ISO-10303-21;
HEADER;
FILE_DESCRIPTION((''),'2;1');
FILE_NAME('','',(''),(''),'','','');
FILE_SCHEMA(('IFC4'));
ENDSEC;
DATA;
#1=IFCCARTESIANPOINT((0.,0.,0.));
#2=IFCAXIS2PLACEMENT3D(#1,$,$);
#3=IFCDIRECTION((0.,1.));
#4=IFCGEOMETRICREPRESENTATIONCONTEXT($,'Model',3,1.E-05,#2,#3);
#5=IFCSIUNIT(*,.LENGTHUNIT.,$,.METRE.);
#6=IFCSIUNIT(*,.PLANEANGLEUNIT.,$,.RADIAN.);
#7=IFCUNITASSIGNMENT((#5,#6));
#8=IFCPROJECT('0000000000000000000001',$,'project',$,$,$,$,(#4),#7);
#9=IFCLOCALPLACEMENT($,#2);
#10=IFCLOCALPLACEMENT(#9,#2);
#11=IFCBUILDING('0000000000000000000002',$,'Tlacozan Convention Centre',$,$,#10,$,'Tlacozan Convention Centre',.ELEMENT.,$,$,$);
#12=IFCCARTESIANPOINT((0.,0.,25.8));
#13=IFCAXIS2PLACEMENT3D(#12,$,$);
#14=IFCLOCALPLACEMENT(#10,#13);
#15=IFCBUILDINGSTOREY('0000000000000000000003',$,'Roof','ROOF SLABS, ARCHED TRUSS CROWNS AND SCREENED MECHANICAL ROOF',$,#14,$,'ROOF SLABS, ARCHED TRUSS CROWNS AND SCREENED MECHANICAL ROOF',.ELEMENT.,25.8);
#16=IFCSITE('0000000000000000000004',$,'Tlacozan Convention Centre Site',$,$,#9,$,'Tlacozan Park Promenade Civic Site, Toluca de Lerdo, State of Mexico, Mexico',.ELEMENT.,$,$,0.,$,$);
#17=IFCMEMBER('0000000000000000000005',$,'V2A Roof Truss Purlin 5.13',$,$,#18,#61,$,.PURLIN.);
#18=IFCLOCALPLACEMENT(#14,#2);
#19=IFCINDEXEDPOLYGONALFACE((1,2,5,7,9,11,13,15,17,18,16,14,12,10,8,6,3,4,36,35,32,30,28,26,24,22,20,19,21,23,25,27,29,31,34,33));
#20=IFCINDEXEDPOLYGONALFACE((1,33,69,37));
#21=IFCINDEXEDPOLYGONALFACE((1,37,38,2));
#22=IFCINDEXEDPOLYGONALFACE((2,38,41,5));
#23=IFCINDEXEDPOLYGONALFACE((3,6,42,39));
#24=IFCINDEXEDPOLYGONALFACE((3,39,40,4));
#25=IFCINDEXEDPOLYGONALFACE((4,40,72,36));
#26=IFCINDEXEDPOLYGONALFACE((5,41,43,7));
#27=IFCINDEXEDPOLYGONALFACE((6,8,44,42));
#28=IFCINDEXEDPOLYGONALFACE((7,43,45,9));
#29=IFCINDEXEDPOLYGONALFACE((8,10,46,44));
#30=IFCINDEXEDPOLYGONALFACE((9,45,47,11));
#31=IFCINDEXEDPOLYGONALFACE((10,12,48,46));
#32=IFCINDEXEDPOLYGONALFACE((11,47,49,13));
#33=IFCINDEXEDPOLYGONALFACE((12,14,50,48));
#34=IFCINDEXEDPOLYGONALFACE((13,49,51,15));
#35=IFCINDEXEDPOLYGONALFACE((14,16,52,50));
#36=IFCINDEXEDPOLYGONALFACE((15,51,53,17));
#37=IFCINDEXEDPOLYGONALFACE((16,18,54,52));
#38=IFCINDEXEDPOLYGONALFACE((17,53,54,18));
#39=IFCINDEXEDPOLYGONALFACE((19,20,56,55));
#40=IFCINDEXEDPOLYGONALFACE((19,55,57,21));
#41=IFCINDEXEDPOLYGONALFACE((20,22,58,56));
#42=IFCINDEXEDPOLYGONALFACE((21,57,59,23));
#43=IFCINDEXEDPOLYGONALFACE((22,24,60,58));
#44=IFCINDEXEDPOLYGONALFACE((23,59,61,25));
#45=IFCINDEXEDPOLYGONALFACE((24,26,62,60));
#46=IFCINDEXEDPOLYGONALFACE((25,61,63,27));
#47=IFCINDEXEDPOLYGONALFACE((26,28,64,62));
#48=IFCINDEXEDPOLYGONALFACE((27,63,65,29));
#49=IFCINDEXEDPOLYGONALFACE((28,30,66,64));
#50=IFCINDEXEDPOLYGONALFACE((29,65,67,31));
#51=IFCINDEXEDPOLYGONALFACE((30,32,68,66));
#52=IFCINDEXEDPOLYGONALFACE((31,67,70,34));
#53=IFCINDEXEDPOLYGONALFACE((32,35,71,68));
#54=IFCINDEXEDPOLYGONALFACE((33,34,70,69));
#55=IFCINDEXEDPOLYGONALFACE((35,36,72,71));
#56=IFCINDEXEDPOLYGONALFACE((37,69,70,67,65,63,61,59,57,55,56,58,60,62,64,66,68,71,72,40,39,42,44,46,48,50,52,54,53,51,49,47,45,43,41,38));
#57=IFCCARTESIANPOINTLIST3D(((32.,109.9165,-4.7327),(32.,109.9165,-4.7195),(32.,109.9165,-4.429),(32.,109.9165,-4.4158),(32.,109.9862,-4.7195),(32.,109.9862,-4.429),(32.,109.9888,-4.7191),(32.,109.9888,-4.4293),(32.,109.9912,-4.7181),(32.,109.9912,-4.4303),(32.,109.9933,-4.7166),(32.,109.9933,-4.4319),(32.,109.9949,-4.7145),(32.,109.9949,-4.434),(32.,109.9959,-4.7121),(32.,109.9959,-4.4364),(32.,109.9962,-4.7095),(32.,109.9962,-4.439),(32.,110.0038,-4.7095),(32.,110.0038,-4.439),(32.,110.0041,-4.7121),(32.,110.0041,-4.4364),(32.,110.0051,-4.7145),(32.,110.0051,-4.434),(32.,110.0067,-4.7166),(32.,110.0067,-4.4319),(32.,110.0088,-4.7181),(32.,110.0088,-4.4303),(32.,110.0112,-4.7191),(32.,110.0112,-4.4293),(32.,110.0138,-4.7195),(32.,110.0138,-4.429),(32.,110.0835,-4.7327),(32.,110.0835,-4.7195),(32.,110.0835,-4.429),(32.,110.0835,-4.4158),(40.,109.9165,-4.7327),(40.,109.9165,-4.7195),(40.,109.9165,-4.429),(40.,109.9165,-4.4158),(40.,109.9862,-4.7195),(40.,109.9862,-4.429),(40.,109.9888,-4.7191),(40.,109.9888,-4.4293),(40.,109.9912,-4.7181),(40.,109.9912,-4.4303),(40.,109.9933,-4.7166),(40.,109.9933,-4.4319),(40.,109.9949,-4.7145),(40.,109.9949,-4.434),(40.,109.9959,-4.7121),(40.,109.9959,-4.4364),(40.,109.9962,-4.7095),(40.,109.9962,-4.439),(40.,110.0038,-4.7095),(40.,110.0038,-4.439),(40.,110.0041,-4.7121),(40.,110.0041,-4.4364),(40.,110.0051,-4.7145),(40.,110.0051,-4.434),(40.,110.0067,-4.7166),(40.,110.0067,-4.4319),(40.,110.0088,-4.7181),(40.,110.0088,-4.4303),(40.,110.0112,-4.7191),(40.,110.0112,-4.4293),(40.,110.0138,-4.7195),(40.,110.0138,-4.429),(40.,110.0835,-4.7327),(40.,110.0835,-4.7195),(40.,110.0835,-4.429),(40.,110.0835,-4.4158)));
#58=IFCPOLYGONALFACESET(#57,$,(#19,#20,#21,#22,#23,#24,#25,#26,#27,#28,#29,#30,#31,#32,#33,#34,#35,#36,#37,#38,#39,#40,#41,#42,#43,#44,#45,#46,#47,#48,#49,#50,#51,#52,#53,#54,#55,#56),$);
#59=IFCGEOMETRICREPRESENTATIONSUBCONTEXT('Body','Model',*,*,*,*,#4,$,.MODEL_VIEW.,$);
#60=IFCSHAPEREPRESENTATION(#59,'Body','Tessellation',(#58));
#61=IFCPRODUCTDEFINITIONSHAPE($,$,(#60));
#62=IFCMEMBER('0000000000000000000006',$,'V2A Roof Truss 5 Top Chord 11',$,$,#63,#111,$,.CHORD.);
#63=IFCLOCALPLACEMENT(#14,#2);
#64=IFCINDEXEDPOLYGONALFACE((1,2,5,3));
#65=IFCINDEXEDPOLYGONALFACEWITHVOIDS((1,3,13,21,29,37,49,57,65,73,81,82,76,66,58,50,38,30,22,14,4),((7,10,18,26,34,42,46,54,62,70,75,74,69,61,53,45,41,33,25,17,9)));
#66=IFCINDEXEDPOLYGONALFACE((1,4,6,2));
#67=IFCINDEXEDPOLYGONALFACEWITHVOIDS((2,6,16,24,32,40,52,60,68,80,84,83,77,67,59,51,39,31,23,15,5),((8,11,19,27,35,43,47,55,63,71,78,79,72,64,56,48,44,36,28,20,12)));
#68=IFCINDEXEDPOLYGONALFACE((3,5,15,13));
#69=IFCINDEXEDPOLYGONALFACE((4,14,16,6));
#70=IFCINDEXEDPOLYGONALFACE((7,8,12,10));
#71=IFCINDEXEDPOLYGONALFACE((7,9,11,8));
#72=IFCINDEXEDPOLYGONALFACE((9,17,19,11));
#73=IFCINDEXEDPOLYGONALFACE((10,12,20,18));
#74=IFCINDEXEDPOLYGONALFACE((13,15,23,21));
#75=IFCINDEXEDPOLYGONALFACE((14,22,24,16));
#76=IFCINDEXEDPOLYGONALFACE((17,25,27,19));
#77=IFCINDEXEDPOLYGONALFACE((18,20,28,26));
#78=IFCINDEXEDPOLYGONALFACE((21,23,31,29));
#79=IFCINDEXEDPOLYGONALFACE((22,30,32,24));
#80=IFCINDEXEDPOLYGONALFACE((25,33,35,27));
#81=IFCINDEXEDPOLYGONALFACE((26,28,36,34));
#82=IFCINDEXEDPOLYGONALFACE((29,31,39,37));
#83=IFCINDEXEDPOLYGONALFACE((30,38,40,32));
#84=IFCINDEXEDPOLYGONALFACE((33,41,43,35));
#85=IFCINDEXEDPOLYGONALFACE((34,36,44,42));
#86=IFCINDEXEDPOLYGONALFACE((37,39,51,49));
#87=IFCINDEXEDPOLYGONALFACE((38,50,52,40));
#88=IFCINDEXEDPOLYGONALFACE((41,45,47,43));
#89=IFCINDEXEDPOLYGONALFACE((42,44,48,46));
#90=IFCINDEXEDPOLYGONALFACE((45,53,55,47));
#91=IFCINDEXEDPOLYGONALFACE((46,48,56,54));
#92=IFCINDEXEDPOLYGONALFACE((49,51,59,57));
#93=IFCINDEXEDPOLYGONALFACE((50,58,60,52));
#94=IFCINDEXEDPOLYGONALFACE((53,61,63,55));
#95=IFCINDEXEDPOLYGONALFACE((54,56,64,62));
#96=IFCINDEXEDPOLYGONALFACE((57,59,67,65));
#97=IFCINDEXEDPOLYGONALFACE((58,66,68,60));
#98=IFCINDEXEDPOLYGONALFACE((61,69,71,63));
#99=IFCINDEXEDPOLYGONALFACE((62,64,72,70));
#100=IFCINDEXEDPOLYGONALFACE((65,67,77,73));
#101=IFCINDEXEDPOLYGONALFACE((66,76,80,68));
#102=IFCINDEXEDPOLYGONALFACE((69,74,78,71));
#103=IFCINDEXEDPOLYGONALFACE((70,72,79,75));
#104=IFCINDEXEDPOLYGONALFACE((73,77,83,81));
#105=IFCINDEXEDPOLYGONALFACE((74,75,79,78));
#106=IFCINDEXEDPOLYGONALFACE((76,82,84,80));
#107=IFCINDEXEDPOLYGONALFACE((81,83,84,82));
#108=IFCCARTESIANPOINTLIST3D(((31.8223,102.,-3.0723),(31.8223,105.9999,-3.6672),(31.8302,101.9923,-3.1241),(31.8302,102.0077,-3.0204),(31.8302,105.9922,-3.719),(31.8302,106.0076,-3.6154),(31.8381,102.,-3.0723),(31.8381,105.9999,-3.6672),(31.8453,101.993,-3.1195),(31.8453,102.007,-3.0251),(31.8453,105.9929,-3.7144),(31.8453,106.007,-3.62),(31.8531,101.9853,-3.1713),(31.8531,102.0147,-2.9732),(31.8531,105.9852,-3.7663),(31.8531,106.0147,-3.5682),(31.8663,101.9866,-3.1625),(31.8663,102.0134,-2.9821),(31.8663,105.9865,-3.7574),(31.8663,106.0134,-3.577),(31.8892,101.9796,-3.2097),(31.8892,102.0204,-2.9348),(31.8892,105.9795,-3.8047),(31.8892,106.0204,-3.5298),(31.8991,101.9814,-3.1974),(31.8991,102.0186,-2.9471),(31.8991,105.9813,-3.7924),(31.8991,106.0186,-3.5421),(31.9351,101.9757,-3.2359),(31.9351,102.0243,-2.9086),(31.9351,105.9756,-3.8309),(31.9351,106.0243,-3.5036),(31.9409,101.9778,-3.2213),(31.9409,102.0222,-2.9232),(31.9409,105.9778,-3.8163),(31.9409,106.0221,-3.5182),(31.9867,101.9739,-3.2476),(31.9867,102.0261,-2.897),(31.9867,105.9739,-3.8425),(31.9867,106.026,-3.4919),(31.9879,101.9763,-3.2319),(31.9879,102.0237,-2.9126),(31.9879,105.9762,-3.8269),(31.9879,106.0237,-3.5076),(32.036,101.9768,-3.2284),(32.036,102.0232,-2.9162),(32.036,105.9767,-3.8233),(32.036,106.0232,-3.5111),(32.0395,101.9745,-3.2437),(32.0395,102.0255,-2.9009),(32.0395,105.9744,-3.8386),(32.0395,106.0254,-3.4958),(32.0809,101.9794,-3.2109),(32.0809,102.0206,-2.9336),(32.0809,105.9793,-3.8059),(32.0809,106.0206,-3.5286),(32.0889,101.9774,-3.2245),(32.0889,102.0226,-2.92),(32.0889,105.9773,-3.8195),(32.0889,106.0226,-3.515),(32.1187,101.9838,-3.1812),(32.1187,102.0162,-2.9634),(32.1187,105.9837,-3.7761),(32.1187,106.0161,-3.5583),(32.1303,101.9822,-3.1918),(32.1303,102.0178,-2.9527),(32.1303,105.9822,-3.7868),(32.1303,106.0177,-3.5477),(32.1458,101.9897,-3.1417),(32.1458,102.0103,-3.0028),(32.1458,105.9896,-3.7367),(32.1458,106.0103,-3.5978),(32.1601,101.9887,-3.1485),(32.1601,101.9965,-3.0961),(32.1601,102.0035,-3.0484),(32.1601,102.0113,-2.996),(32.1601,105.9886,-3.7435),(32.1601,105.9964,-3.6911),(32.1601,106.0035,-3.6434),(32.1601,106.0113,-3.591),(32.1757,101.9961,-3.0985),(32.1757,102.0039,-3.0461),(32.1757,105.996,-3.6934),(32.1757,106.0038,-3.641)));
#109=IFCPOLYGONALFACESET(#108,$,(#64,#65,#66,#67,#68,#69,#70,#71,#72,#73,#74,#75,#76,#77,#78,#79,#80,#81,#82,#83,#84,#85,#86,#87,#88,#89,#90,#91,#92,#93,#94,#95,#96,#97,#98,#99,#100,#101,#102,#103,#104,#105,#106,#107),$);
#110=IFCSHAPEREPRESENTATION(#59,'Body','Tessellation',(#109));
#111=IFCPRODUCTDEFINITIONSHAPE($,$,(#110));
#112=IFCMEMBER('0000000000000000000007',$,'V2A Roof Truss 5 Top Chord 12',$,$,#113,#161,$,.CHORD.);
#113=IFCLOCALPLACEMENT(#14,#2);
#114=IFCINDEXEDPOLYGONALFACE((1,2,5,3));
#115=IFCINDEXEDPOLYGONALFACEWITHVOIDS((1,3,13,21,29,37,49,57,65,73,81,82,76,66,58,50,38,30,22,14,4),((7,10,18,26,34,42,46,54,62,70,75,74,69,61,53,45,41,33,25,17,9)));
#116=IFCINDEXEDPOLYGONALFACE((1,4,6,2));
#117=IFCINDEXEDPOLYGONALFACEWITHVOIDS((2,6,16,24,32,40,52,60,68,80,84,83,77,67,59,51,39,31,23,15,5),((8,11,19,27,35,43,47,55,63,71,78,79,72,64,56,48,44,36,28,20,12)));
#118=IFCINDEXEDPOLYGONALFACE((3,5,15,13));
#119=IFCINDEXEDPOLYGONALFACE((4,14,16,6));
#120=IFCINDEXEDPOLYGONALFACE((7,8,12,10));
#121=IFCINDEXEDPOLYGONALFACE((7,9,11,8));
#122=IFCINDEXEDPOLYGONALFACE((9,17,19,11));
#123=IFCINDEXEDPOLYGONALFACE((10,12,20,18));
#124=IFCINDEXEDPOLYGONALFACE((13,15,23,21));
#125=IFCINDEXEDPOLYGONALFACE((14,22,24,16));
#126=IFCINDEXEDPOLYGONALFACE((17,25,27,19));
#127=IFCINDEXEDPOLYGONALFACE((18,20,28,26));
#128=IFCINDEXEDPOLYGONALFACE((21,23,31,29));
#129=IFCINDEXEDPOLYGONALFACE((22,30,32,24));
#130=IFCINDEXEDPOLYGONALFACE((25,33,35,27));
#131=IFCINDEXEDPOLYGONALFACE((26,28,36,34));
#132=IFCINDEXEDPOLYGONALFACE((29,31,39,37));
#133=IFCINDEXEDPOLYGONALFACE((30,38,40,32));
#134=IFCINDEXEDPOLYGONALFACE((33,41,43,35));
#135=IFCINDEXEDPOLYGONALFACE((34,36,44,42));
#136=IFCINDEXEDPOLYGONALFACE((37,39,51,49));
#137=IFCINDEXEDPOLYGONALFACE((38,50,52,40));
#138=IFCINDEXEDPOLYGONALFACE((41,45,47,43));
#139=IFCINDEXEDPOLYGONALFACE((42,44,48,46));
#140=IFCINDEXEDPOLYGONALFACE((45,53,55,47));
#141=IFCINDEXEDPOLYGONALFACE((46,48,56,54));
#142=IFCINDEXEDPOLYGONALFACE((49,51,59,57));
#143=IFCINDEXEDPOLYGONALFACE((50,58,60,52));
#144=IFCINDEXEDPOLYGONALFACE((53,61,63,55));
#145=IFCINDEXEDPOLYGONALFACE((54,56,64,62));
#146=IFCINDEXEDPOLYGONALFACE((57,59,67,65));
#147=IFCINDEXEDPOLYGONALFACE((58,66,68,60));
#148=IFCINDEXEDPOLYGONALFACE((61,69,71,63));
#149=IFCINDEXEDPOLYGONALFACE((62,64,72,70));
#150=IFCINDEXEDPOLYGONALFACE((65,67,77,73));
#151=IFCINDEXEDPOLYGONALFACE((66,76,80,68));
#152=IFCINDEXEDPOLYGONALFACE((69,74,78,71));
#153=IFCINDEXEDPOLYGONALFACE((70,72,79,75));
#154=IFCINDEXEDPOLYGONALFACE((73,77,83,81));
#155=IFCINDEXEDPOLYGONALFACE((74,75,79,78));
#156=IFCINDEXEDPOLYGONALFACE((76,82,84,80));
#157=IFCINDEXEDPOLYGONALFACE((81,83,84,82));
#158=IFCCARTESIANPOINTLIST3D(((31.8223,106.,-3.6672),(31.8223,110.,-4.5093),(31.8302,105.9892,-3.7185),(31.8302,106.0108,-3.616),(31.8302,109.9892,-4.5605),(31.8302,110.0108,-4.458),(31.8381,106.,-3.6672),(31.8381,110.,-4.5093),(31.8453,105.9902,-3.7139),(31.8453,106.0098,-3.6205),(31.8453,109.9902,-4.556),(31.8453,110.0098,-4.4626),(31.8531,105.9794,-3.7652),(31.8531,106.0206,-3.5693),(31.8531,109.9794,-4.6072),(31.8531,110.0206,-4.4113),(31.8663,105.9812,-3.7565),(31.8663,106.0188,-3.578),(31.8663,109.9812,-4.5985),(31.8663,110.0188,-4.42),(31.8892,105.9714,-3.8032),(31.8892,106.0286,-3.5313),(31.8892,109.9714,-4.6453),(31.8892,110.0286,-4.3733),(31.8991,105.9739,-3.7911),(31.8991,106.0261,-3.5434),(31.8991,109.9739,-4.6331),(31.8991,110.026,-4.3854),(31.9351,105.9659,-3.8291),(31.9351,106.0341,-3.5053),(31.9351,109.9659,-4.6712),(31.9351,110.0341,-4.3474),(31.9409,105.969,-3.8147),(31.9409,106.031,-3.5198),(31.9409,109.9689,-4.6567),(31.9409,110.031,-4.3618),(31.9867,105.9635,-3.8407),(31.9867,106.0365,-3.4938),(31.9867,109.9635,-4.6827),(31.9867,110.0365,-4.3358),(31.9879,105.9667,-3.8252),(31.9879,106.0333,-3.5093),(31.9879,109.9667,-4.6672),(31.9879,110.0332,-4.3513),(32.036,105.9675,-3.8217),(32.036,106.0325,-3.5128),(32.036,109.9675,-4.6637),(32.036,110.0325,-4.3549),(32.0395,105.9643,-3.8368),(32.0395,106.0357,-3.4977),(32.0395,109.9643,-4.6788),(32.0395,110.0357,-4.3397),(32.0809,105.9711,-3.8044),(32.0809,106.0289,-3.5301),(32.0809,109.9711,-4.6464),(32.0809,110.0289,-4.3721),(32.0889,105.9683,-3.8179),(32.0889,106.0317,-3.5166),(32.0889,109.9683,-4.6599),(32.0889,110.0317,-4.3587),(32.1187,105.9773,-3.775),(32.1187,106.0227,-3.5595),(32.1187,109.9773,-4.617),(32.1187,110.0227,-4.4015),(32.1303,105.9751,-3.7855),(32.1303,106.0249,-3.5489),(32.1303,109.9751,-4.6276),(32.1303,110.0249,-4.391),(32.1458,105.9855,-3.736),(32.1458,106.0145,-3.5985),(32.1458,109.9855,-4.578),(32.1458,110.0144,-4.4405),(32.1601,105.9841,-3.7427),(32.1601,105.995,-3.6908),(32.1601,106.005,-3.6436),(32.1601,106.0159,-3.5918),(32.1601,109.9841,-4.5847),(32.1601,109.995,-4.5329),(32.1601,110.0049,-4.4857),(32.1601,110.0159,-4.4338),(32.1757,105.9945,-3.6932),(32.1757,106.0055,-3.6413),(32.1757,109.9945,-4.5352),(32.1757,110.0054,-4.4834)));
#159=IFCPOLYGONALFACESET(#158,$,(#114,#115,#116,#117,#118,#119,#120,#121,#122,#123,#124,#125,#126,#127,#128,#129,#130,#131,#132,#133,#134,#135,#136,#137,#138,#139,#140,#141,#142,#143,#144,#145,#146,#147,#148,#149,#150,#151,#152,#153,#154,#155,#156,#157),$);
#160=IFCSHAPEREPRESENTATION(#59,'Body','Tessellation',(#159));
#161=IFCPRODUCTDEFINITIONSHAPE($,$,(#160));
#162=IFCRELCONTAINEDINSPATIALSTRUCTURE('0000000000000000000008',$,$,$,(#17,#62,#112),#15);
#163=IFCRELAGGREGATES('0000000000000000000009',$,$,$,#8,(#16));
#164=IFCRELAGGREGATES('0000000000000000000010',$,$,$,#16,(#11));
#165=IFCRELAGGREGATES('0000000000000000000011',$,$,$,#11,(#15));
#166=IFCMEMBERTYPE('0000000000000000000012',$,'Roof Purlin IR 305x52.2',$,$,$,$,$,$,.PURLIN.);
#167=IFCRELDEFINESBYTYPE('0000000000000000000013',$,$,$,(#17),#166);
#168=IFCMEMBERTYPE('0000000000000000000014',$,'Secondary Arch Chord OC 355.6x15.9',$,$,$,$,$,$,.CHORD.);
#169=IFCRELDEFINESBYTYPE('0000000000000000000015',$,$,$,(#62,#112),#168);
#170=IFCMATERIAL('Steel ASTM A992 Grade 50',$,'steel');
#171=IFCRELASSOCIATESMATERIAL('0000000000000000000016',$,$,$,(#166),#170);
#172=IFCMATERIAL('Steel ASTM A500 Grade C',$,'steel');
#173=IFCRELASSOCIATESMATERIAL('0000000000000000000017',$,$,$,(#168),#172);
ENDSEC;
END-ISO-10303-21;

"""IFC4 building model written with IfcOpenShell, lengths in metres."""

from ifc_helpers import new_model, si_unit, direction, frame, origin, origin_2d, place, context, subcontext, project, spatial, hollow_circle, i_section, extrude, material, material_profile, profile_set, type_object, element, save


model = new_model("IFC4")

# Units and contexts
model_context = context("Model", 3, precision=1e-05, world=origin(), true_north=direction((0.0, 1.0)))
body_context = subcontext(model_context, "Body", "Model", "MODEL_VIEW")
ifc_project = project(units=[si_unit("LENGTHUNIT", "METRE"), si_unit("PLANEANGLEUNIT", "RADIAN")], contexts=[model_context])

# Site, building, storey
site_placement = place(None, origin())
site = spatial("IfcSite", under=ifc_project, at=site_placement, Name="Tlacozan Convention Centre Site", LongName="Tlacozan Park Promenade Civic Site, Toluca de Lerdo, State of Mexico, Mexico", CompositionType="ELEMENT", RefElevation=0.0)
building_placement = place(site_placement, origin())
building = spatial("IfcBuilding", under=site, at=building_placement, Name="Tlacozan Convention Centre", LongName="Tlacozan Convention Centre", CompositionType="ELEMENT")
storey_placement = place(building_placement, frame((0.0, 0.0, 25.8)))
storey = spatial("IfcBuildingStorey", under=building, at=storey_placement, Name="Roof", Description="ROOF SLABS, ARCHED TRUSS CROWNS AND SCREENED MECHANICAL ROOF", LongName="ROOF SLABS, ARCHED TRUSS CROWNS AND SCREENED MECHANICAL ROOF", CompositionType="ELEMENT", Elevation=25.8)

# Members
ifc_material_1 = material(Name="Steel ASTM A500 Grade C", Category="steel")
ifc_material_2 = material(Name="Steel ASTM A992 Grade 50", Category="steel")
ifc_material_profile_1 = material_profile(ifc_material_2, i_section(OverallWidth=0.167, OverallDepth=0.3169, WebThickness=0.0076, FlangeThickness=0.0132, FilletRadius=0.01, at=origin_2d()), Name="IR 305x52.2")
ifc_profile_set_1 = profile_set([ifc_material_profile_1], Name="Steel ASTM A992 Grade 50")
member_type_1 = type_object("IfcMemberType", Name="Roof Purlin IR 305x52.2", PredefinedType="PURLIN", material=ifc_profile_set_1)
for number, where, z_axis, x_axis, name in (
    (1, (32.0, 110.0, -4.5742), (1.0, 0.0, 0.0), (0.0, 1.0, 0.0), "V2A Roof Truss Purlin 5.13"),
):
    element("IfcMember", number, at=place(storey_placement, frame(where, z_axis=z_axis, x_axis=x_axis)), inside=storey, type_object=member_type_1, Name=name, PredefinedType="PURLIN", context=body_context, shape_type="SweptSolid", body=[
        extrude(i_section(OverallWidth=0.167, OverallDepth=0.3169, WebThickness=0.0076, FlangeThickness=0.0132, FilletRadius=0.01, at=origin_2d()), origin(), (0.0, 0.0, 1.0), 8.0),
    ])
ifc_material_profile_2 = material_profile(ifc_material_1, hollow_circle(Radius=0.1777, WallThickness=0.0159, at=origin_2d()), Name="OC 355.6x15.9")
ifc_profile_set_2 = profile_set([ifc_material_profile_2], Name="Steel ASTM A500 Grade C")
member_type_2 = type_object("IfcMemberType", Name="Secondary Arch Chord OC 355.6x15.9", PredefinedType="CHORD", material=ifc_profile_set_2)
member_1_placement = place(storey_placement, frame((32.0, 102.0, -3.0723), z_axis=(0.0, 0.989118, -0.147124), x_axis=(-1.0, 0.0, 0.0)))
element("IfcMember", 2, at=member_1_placement, inside=storey, type_object=member_type_2, Name="V2A Roof Truss 5 Top Chord 11", PredefinedType="CHORD", context=body_context, shape_type="SweptSolid", body=[
    extrude(hollow_circle(Radius=0.1777, WallThickness=0.0159, at=origin_2d()), origin(), (0.0, 0.0, 1.0), 4.0439),
])
member_2_placement = place(storey_placement, frame((32.0, 106.0, -3.6672), z_axis=(0.0, 0.978553, -0.205995), x_axis=(-1.0, 0.0, 0.0)))
element("IfcMember", 3, at=member_2_placement, inside=storey, type_object=member_type_2, Name="V2A Roof Truss 5 Top Chord 12", PredefinedType="CHORD", context=body_context, shape_type="SweptSolid", body=[
    extrude(hollow_circle(Radius=0.1777, WallThickness=0.0159, at=origin_2d()), origin(), (0.0, 0.0, 1.0), 4.0876),
])

save(model, "model.ifc")
